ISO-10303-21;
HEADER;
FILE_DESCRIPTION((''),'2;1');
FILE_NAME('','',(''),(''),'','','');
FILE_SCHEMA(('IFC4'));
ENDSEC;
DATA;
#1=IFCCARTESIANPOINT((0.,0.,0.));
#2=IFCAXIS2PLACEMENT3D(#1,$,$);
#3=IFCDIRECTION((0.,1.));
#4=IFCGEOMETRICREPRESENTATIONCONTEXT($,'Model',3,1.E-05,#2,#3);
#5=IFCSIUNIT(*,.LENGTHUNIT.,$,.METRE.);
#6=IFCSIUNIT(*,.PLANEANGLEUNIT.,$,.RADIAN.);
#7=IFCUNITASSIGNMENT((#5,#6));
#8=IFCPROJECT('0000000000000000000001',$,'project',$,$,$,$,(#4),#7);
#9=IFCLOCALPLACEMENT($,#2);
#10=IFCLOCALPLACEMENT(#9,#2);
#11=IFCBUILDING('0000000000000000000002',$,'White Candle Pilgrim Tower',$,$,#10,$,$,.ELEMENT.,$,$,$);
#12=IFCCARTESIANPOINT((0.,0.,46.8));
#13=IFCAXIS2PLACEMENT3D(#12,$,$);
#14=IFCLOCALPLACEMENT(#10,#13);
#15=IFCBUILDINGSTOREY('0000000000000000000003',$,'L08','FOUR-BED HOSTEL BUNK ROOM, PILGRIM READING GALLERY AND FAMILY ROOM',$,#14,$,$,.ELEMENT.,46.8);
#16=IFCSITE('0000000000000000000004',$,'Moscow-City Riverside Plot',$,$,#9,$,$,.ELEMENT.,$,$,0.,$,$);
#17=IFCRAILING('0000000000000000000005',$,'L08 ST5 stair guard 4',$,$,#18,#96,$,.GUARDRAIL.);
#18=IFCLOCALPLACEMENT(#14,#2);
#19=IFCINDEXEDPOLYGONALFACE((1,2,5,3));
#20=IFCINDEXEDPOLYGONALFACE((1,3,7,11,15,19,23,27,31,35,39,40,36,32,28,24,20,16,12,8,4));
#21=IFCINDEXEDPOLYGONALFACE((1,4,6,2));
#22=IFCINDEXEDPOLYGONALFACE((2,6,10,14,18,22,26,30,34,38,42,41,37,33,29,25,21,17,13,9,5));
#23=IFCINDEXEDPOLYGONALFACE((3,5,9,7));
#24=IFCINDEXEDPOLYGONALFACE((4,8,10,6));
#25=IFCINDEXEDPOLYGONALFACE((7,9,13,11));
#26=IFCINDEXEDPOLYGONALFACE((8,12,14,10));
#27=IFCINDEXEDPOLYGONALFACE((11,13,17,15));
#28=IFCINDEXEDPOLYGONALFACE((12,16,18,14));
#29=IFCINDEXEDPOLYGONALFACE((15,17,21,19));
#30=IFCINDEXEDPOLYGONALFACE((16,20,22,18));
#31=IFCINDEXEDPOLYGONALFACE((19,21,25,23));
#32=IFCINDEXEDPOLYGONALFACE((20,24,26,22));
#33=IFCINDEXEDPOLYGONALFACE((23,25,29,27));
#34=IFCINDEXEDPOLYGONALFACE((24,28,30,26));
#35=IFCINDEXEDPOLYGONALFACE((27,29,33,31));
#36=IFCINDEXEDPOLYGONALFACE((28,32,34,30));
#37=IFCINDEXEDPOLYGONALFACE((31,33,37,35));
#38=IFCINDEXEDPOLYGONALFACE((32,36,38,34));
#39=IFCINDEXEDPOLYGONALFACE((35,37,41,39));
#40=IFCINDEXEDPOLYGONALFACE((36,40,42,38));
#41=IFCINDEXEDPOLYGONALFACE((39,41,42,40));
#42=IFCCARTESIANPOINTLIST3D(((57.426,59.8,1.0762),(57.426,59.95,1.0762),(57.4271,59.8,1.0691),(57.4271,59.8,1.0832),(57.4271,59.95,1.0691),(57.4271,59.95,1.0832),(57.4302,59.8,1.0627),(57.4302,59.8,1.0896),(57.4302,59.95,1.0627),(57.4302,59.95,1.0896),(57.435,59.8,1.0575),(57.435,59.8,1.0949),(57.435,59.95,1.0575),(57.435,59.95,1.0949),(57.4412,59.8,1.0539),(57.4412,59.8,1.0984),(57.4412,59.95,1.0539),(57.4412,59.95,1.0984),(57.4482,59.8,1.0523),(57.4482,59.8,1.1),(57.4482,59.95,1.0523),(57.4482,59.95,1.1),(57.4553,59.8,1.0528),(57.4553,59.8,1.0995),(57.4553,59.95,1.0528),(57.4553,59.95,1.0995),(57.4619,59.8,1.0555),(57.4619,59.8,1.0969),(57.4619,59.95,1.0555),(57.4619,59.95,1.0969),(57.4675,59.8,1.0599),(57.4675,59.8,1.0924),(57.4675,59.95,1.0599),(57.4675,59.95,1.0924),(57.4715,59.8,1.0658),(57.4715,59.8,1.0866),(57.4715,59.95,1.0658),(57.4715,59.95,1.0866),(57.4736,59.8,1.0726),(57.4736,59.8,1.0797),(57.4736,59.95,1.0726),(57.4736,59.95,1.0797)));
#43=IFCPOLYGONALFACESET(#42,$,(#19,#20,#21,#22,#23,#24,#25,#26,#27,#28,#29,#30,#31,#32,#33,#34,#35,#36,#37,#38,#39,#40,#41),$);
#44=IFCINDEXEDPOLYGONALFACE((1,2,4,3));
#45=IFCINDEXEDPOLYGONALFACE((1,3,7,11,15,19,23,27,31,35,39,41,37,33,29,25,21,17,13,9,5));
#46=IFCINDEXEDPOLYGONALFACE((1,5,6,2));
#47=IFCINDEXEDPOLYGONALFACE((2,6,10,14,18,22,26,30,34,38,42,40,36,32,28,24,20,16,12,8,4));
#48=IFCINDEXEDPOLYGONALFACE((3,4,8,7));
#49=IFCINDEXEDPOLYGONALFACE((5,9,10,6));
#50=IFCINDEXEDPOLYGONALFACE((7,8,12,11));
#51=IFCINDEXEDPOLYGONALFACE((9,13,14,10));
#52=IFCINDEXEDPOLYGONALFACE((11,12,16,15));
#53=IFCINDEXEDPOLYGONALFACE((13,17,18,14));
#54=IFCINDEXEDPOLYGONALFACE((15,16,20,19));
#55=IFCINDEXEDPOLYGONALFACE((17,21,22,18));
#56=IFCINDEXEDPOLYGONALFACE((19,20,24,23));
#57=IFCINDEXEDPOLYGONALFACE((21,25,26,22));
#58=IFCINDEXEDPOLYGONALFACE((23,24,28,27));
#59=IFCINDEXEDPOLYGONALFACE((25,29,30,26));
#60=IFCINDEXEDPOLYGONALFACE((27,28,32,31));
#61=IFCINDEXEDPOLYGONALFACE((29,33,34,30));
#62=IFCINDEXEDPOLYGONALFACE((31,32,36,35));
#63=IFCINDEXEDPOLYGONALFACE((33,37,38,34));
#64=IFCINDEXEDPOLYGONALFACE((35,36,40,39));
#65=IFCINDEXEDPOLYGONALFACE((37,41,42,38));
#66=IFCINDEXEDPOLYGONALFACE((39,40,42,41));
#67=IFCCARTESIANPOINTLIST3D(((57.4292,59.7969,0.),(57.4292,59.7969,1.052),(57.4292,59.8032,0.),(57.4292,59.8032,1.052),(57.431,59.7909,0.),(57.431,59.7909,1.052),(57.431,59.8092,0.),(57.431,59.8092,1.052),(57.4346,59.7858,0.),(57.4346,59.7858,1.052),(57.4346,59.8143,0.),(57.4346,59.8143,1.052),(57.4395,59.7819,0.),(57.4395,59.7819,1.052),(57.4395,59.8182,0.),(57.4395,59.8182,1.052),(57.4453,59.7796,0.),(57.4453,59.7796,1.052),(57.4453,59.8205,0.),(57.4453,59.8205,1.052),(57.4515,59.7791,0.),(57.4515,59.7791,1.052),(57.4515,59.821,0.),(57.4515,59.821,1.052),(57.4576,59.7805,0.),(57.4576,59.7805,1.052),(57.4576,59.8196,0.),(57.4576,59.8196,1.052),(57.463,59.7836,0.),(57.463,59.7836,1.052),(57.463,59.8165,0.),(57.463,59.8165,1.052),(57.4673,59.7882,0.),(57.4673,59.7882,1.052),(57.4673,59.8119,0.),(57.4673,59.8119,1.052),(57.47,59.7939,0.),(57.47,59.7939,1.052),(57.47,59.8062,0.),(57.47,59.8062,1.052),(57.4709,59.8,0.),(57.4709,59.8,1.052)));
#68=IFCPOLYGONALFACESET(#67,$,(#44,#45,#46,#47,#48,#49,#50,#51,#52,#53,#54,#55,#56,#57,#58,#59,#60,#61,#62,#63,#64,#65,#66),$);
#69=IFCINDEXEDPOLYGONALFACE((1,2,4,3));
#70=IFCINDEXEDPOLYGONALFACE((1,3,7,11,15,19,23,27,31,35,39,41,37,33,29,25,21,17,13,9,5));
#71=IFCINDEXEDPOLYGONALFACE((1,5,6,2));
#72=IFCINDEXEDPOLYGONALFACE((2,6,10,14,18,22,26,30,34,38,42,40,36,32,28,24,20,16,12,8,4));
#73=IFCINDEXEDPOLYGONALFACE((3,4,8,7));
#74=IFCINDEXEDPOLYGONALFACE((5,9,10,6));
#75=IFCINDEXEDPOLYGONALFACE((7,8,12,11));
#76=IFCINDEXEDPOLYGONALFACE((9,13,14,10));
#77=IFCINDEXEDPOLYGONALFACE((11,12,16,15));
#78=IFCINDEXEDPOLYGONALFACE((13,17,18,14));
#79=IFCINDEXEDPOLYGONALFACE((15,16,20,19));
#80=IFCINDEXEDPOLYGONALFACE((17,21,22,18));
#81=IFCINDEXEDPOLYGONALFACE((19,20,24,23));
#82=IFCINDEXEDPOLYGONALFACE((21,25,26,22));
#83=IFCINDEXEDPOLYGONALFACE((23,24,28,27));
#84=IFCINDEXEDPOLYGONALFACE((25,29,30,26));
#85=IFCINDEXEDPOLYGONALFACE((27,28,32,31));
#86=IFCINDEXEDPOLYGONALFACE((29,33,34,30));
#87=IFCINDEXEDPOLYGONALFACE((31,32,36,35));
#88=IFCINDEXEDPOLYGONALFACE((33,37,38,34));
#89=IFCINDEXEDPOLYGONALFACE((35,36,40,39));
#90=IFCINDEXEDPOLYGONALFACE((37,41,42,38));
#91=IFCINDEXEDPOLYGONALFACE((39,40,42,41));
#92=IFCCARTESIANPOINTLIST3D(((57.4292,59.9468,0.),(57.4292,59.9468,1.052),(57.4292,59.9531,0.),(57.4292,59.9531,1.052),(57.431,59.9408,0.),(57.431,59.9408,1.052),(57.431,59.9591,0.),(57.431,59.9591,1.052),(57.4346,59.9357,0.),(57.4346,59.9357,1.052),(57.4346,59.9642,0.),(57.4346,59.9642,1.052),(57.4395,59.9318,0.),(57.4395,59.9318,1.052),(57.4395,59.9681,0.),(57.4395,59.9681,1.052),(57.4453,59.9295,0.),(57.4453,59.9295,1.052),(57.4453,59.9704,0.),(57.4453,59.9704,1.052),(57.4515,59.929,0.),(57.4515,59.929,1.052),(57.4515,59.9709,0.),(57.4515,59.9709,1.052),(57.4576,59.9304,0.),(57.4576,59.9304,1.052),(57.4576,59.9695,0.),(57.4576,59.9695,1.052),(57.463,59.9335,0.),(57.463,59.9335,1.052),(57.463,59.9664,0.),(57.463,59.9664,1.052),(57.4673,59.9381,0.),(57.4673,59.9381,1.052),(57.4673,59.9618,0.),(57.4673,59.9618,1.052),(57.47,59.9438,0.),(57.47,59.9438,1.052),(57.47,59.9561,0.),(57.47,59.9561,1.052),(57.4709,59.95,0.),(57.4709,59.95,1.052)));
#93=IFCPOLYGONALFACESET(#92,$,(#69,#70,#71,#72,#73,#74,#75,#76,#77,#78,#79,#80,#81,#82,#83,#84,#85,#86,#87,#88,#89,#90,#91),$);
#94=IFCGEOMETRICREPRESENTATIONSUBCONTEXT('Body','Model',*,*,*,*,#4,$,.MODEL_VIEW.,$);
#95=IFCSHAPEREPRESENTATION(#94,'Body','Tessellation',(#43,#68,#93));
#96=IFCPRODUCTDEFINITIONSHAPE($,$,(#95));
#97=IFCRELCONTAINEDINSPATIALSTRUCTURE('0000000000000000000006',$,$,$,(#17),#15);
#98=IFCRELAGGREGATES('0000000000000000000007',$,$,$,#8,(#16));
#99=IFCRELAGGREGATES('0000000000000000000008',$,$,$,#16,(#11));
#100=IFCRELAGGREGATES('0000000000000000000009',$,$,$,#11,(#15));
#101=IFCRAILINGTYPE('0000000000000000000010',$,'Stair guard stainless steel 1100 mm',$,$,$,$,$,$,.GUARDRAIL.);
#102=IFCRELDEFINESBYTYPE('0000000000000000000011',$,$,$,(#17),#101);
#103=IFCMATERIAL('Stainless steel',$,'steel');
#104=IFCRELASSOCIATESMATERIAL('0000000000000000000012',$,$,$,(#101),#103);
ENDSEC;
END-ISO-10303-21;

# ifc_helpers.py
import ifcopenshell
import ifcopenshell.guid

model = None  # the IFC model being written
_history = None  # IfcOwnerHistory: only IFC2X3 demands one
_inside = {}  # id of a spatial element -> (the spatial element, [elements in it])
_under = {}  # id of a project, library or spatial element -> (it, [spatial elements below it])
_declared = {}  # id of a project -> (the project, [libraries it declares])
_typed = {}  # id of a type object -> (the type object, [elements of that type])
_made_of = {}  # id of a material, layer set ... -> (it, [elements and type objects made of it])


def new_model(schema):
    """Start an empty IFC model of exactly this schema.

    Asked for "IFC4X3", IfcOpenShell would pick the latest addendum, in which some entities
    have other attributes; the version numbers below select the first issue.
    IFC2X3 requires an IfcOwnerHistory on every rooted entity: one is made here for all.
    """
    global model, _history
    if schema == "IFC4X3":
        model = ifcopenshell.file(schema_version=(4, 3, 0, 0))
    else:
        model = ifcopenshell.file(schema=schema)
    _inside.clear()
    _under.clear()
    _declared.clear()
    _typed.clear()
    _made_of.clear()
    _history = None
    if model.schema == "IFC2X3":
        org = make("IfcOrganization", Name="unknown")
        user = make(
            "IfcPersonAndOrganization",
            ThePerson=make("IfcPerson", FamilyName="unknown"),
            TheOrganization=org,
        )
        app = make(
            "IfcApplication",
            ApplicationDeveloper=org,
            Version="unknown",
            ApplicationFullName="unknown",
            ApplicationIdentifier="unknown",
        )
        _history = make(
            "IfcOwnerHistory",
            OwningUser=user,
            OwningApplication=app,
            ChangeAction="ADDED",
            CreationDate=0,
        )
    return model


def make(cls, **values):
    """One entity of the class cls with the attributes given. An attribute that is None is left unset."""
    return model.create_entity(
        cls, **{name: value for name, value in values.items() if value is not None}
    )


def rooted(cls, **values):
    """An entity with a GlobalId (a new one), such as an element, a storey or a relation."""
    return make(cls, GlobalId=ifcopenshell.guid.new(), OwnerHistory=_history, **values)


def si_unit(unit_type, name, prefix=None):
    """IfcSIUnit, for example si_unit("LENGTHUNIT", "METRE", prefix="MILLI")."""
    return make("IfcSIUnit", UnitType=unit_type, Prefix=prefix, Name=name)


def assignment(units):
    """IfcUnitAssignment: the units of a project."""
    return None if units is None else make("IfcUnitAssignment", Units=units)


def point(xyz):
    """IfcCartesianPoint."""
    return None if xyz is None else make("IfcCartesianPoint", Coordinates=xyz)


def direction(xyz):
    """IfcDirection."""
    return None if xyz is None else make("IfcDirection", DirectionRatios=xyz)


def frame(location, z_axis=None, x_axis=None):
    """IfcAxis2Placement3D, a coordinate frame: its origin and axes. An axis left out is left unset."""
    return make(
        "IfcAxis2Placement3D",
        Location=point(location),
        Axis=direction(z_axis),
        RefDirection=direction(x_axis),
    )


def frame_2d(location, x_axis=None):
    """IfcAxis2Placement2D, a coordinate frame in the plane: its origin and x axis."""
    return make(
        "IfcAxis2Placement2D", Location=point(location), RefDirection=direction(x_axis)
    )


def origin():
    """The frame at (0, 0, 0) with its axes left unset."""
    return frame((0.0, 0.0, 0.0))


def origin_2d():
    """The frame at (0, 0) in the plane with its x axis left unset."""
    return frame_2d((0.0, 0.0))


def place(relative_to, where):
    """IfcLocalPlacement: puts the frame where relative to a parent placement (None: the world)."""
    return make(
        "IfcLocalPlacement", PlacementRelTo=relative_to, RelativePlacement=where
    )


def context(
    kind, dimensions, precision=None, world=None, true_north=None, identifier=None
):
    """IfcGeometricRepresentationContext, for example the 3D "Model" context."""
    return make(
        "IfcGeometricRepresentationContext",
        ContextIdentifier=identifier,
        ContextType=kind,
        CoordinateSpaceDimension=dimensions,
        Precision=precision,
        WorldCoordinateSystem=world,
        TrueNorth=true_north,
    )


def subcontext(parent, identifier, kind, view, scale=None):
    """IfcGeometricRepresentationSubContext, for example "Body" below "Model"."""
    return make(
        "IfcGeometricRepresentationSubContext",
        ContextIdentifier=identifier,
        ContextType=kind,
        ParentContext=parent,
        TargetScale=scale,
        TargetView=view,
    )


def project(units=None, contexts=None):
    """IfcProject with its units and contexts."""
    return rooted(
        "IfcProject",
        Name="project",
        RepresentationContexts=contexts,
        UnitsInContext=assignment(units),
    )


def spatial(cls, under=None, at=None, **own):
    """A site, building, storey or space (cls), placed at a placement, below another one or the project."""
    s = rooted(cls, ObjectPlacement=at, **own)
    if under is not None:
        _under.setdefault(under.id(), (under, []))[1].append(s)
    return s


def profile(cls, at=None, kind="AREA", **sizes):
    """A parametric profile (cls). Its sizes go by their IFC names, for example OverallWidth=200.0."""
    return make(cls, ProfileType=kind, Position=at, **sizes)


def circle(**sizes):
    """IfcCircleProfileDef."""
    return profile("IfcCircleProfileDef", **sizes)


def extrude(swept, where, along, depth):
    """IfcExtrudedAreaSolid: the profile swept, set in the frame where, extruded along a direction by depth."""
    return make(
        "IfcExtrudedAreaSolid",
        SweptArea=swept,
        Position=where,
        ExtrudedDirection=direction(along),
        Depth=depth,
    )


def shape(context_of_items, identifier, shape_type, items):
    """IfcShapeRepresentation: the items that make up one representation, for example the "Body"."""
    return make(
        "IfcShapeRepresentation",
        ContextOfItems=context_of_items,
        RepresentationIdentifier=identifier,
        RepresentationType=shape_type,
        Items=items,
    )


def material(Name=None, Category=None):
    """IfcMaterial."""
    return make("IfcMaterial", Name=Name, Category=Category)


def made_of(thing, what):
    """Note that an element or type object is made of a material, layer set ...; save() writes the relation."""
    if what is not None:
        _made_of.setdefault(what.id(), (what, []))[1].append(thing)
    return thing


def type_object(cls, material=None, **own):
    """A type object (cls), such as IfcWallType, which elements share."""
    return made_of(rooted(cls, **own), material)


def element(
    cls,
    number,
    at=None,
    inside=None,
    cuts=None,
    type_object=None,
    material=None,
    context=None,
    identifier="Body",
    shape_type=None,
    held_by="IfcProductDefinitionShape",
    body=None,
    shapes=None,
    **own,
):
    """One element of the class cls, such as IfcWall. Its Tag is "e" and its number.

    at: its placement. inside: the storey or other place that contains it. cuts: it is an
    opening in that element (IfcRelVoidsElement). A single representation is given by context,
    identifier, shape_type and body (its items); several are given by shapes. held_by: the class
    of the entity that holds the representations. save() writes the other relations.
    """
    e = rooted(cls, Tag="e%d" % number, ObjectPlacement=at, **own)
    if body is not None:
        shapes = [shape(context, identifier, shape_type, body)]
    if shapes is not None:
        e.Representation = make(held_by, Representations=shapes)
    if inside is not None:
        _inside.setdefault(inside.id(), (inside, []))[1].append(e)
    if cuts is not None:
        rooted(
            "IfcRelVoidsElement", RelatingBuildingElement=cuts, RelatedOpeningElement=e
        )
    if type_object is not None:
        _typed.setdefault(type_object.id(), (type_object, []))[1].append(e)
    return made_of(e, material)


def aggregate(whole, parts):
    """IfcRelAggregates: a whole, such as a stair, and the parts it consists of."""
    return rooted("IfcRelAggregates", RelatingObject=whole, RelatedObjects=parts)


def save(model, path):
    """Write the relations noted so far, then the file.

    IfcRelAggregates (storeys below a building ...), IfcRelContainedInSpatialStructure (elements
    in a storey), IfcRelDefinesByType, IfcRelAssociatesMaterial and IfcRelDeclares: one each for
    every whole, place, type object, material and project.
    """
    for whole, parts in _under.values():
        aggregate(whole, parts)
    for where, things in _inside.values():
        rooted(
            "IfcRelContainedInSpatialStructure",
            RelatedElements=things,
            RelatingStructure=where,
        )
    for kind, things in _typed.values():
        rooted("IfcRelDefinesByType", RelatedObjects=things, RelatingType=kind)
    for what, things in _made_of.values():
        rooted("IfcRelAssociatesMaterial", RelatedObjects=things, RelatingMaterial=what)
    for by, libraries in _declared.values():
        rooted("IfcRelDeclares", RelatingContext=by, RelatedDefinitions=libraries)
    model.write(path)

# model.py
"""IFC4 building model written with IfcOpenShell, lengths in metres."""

from ifc_helpers import new_model, si_unit, direction, frame, origin, origin_2d, place, context, subcontext, project, spatial, circle, extrude, material, type_object, element, save


model = new_model("IFC4")

# Units and contexts
model_context = context("Model", 3, precision=1e-05, world=origin(), true_north=direction((0.0, 1.0)))
body_context = subcontext(model_context, "Body", "Model", "MODEL_VIEW")
ifc_project = project(units=[si_unit("LENGTHUNIT", "METRE"), si_unit("PLANEANGLEUNIT", "RADIAN")], contexts=[model_context])

# Site, building, storey
site_placement = place(None, origin())
site = spatial("IfcSite", under=ifc_project, at=site_placement, Name="Moscow-City Riverside Plot", CompositionType="ELEMENT", RefElevation=0.0)
building_placement = place(site_placement, origin())
building = spatial("IfcBuilding", under=site, at=building_placement, Name="White Candle Pilgrim Tower", CompositionType="ELEMENT")
storey_placement = place(building_placement, frame((0.0, 0.0, 46.8)))
storey = spatial("IfcBuildingStorey", under=building, at=storey_placement, Name="L08", Description="FOUR-BED HOSTEL BUNK ROOM, PILGRIM READING GALLERY AND FAMILY ROOM", CompositionType="ELEMENT", Elevation=46.8)

# Railing
ifc_material_1 = material(Name="Stainless steel", Category="steel")
railing_type_1 = type_object("IfcRailingType", Name="Stair guard stainless steel 1100 mm", PredefinedType="GUARDRAIL", material=ifc_material_1)
railing_1_placement = place(storey_placement, frame((57.45, 59.8, 0.0)))
element("IfcRailing", 1, at=railing_1_placement, inside=storey, type_object=railing_type_1, Name="L08 ST5 stair guard 4", PredefinedType="GUARDRAIL", context=body_context, shape_type="SweptSolid", body=[
    extrude(circle(Radius=0.0239, at=origin_2d()), frame((0.0, 0.0, 1.0762), z_axis=(0.0, 1.0, 0.0), x_axis=(-1.0, 0.0, 0.0)), (0.0, 0.0, 1.0), 0.1499),
    extrude(circle(Radius=0.021, at=origin_2d()), origin(), (0.0, 0.0, 1.0), 1.052),
    extrude(circle(Radius=0.021, at=origin_2d()), frame((0.0, 0.1499, 0.0)), (0.0, 0.0, 1.0), 1.052),
])

save(model, "model.ifc")
